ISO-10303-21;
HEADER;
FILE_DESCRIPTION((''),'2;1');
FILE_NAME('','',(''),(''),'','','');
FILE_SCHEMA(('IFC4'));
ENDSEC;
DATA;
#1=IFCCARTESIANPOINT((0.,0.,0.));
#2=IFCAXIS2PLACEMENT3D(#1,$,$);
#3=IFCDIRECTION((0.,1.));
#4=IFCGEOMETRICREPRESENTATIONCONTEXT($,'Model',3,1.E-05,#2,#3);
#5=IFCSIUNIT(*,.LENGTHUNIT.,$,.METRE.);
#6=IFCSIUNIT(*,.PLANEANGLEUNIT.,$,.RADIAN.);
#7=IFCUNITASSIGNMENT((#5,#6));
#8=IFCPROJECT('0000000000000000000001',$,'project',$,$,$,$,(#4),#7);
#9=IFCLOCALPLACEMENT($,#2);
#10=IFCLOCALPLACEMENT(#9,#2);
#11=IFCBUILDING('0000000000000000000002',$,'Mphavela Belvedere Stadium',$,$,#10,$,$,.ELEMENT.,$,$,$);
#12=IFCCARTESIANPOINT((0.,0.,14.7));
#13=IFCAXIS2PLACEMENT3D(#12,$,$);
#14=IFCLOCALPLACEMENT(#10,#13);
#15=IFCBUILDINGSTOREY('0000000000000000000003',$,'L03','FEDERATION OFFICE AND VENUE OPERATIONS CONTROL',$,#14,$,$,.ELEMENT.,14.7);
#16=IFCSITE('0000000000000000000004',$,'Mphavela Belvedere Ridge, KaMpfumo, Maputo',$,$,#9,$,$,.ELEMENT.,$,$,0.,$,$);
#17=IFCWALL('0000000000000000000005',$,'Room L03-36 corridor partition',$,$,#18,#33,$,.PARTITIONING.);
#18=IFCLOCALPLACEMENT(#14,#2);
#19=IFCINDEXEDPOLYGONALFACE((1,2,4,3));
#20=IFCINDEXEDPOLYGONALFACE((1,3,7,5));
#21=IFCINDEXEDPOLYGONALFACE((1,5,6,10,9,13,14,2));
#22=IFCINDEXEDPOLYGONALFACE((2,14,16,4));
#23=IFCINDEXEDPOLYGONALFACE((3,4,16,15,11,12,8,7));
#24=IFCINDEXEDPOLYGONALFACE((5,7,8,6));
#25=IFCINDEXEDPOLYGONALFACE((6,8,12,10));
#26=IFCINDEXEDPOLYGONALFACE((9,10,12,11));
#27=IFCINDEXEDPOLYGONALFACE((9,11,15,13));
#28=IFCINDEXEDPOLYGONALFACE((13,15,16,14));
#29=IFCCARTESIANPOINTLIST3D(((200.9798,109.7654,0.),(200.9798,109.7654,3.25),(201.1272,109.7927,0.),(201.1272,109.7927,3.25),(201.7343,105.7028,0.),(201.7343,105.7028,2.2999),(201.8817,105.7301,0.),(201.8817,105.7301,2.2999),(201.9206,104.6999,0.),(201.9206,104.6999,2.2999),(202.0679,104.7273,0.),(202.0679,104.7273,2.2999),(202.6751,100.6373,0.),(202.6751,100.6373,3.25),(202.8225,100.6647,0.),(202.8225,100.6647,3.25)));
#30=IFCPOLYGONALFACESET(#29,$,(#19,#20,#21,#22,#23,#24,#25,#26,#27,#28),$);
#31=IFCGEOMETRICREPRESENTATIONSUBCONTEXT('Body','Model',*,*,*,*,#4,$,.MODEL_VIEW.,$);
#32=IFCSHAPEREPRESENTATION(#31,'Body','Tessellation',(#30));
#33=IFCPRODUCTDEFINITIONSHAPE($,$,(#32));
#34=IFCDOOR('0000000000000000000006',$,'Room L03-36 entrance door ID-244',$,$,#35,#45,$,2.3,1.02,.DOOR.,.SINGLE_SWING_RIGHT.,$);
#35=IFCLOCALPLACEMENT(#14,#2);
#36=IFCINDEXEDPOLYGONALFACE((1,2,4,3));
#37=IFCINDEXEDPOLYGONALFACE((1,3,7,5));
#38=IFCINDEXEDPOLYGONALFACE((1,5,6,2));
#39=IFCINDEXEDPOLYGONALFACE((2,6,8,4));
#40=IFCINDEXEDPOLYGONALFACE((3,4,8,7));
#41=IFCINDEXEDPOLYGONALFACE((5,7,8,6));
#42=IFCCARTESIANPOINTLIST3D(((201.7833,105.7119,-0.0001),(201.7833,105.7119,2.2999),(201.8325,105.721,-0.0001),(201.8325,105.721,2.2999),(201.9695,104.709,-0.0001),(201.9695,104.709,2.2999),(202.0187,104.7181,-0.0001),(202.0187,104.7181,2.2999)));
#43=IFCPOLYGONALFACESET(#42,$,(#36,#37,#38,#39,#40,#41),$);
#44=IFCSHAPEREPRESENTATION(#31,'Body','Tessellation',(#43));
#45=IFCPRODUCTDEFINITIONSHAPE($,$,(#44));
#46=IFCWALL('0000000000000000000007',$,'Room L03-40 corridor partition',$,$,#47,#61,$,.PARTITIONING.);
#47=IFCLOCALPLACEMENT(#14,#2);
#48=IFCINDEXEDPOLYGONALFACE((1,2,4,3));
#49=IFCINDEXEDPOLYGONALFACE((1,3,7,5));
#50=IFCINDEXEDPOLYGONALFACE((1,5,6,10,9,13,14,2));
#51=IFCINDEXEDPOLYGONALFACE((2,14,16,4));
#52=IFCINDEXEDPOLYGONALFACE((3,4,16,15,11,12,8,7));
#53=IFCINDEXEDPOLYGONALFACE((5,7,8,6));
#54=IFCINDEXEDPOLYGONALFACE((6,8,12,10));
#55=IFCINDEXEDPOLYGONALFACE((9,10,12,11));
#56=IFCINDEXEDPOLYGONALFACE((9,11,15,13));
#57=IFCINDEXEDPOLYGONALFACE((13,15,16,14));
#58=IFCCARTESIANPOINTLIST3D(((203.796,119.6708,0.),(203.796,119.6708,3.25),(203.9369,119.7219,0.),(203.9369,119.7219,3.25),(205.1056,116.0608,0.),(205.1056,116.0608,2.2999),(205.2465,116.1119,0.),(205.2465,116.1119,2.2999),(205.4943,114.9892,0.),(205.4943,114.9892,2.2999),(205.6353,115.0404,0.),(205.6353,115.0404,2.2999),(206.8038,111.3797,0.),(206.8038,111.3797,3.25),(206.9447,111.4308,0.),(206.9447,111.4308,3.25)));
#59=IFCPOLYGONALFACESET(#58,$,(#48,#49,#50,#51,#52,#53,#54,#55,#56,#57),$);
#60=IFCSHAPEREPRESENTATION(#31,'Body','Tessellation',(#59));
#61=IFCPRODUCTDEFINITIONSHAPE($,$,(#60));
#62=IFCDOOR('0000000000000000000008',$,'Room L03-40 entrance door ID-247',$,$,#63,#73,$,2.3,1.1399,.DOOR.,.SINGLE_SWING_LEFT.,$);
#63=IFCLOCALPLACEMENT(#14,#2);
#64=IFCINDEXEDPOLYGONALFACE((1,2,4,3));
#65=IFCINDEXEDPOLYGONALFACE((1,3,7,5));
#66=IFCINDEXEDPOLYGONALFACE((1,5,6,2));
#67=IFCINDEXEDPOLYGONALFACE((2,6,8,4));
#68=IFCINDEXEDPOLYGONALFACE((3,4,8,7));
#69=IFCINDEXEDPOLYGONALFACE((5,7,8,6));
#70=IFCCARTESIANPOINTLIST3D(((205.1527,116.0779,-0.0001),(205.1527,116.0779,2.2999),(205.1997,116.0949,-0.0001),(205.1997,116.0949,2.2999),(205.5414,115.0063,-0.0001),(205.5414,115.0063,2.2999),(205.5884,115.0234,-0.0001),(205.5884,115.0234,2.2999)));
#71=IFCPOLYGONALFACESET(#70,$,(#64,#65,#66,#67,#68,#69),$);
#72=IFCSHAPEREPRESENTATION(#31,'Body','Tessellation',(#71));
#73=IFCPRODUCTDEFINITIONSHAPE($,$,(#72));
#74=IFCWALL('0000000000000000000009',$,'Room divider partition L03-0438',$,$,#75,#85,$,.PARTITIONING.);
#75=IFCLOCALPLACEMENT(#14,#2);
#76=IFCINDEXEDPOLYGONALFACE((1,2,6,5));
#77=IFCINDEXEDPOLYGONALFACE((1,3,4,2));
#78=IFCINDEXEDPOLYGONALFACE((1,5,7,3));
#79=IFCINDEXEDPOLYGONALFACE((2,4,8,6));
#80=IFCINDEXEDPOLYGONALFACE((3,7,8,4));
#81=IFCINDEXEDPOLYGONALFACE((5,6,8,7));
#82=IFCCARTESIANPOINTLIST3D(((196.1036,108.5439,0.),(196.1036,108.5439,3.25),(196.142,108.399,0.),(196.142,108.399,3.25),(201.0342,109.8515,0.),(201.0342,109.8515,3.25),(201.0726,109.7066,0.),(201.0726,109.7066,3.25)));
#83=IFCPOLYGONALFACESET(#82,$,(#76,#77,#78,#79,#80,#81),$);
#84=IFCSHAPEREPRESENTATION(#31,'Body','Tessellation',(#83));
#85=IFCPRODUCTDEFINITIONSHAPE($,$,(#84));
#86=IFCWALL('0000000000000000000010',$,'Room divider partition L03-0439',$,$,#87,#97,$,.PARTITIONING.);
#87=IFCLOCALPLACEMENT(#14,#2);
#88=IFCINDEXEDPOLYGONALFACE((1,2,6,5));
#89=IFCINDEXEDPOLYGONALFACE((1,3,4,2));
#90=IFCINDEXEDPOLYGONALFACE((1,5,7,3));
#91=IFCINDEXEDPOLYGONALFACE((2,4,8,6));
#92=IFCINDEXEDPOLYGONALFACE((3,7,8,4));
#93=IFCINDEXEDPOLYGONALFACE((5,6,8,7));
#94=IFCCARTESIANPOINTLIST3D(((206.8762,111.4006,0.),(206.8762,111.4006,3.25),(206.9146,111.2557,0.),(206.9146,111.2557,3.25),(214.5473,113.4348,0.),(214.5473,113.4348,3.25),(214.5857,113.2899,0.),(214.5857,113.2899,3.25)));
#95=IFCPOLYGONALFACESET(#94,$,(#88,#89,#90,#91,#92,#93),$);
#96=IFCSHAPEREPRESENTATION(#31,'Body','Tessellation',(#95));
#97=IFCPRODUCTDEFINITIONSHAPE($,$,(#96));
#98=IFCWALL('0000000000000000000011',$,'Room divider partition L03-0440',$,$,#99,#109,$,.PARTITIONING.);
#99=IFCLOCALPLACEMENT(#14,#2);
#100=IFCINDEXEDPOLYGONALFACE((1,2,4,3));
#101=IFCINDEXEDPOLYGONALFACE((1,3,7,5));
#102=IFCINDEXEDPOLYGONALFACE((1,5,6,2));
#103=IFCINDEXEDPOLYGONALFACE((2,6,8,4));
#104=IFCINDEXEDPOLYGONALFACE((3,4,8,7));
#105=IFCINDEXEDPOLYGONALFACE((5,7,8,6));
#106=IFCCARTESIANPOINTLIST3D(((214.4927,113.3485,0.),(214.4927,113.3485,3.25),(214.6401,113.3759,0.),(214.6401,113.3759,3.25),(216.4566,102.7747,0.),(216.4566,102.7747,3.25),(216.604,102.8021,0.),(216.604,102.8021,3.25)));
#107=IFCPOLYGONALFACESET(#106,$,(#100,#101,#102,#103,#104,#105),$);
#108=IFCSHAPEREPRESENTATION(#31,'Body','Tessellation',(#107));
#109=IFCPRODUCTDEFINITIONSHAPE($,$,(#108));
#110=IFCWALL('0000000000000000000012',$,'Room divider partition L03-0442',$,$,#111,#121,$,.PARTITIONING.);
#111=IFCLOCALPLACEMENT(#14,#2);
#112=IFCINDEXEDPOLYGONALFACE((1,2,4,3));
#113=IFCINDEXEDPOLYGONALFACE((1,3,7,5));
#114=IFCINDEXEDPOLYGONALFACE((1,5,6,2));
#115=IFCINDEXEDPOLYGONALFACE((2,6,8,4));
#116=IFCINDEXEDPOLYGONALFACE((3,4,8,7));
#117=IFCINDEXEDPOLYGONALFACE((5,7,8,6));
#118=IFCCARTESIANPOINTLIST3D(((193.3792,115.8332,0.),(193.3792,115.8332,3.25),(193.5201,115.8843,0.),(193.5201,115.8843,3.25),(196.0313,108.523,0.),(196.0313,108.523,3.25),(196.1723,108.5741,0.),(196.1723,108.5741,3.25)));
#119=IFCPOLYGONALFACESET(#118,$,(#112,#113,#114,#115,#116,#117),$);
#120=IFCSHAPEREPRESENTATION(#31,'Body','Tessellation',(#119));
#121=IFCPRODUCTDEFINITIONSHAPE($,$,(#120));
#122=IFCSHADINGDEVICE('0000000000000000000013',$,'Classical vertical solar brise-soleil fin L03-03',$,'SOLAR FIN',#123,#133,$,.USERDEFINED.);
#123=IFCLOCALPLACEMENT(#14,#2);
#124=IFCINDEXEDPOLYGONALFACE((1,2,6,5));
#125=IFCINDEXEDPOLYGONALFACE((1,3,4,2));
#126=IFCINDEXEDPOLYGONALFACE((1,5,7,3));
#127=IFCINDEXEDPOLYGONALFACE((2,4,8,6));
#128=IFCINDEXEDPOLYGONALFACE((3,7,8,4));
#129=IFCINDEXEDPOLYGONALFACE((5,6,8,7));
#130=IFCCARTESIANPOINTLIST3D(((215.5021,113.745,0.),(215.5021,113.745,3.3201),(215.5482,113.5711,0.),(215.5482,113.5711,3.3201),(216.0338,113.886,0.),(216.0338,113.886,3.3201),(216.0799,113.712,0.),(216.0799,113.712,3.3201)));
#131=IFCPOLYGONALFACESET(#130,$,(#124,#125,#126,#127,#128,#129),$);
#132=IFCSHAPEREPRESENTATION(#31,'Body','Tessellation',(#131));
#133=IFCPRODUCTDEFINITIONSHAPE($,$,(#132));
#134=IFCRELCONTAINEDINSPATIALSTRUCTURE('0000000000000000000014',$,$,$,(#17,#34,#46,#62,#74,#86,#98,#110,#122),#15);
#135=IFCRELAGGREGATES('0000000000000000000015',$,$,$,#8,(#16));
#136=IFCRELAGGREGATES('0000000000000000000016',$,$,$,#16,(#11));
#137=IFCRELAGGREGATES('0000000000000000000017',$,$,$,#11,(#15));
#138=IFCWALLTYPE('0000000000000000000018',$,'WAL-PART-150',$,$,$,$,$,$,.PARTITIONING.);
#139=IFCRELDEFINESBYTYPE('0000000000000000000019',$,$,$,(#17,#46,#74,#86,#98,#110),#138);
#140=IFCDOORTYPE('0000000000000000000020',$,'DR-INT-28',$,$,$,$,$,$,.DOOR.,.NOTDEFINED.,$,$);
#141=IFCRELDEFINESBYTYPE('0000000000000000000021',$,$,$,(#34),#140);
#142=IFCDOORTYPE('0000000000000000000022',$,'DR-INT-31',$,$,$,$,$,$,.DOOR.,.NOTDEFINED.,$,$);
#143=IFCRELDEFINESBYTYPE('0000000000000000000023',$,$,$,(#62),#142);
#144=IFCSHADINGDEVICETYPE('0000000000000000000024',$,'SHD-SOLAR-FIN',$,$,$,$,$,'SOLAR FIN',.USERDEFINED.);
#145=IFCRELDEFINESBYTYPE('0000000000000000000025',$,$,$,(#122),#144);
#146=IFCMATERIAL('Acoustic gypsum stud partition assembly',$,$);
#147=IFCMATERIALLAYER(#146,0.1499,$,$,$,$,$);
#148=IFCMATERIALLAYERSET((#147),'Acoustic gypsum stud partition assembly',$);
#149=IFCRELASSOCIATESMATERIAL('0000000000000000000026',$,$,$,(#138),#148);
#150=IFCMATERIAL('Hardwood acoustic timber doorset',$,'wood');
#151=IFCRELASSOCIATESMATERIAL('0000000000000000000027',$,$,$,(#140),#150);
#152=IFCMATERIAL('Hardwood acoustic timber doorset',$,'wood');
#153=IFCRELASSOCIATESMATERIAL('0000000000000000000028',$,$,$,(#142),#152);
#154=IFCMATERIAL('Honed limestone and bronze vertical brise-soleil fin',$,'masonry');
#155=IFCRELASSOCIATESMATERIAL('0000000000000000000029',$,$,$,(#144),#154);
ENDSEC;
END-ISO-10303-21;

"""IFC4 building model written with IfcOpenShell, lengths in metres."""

from ifc_helpers import new_model, si_unit, direction, frame, frame_2d, origin, origin_2d, place, context, subcontext, project, spatial, rectangle, extrude, material, layer, layer_set, type_object, element, fill, save


model = new_model("IFC4")

# Units and contexts
model_context = context("Model", 3, precision=1e-05, world=origin(), true_north=direction((0.0, 1.0)))
body_context = subcontext(model_context, "Body", "Model", "MODEL_VIEW")
ifc_project = project(units=[si_unit("LENGTHUNIT", "METRE"), si_unit("PLANEANGLEUNIT", "RADIAN")], contexts=[model_context])

# Site, building, storey
site_placement = place(None, origin())
site = spatial("IfcSite", under=ifc_project, at=site_placement, Name="Mphavela Belvedere Ridge, KaMpfumo, Maputo", CompositionType="ELEMENT", RefElevation=0.0)
building_placement = place(site_placement, origin())
building = spatial("IfcBuilding", under=site, at=building_placement, Name="Mphavela Belvedere Stadium", CompositionType="ELEMENT")
storey_placement = place(building_placement, frame((0.0, 0.0, 14.7)))
storey = spatial("IfcBuildingStorey", under=building, at=storey_placement, Name="L03", Description="FEDERATION OFFICE AND VENUE OPERATIONS CONTROL", CompositionType="ELEMENT", Elevation=14.7)

# Walls, openings, doors
ifc_material_1 = material(Name="Acoustic gypsum stud partition assembly")
ifc_layer_1 = layer(ifc_material_1, 0.1499)
ifc_layer_set_1 = layer_set([ifc_layer_1], Name="Acoustic gypsum stud partition assembly")
wall_type = type_object("IfcWallType", Name="WAL-PART-150", PredefinedType="PARTITIONING", material=ifc_layer_set_1)
wall_1_placement = place(storey_placement, frame((201.0535, 109.7791, 0.0), z_axis=(0.0, 0.0, 1.0), x_axis=(0.182601, -0.983187, 0.0)))
wall_1 = element("IfcWall", 1, at=wall_1_placement, inside=storey, type_object=wall_type, Name="Room L03-36 corridor partition", PredefinedType="PARTITIONING", context=body_context, shape_type="SweptSolid", body=[
    extrude(rectangle(XDim=9.2842, YDim=0.1499, at=frame_2d((4.6421, 0.0))), origin(), (0.0, 0.0, 1.0), 3.25),
])
opening_1_placement = place(wall_1_placement, frame((4.1321, 0.0, 0.0)))
opening_1 = element("IfcOpeningElement", 2, at=opening_1_placement, cuts=wall_1, PredefinedType="OPENING", context=body_context, shape_type="SweptSolid", body=[
    extrude(rectangle(XDim=1.02, YDim=2.3, at=frame_2d((0.51, 1.1499))), frame((0.0, 0.085, 0.0), z_axis=(0.0, -1.0, 0.0), x_axis=(1.0, 0.0, 0.0)), (0.0, 0.0, 1.0), 0.1699),
])
ifc_material_2 = material(Name="Hardwood acoustic timber doorset", Category="wood")
door_type_1 = type_object("IfcDoorType", Name="DR-INT-28", OperationType="NOTDEFINED", PredefinedType="DOOR", material=ifc_material_2)
door_1_placement = place(opening_1_placement, origin())
door_1 = element("IfcDoor", 3, at=door_1_placement, inside=storey, type_object=door_type_1, Name="Room L03-36 entrance door ID-244", OperationType="SINGLE_SWING_RIGHT", OverallHeight=2.3, OverallWidth=1.02, PredefinedType="DOOR", context=body_context, shape_type="SweptSolid", body=[
    extrude(rectangle(XDim=1.02, YDim=2.3, at=frame_2d((0.51, 1.1499))), frame((0.0, 0.0249, 0.0), z_axis=(0.0, -1.0, 0.0), x_axis=(1.0, 0.0, 0.0)), (0.0, 0.0, 1.0), 0.05),
])
fill(opening_1, door_1)
wall_2_placement = place(storey_placement, frame((206.8743, 111.4053, 0.0), z_axis=(0.0, 0.0, 1.0), x_axis=(-0.341032, 0.940052, 0.0)))
wall_2 = element("IfcWall", 4, at=wall_2_placement, inside=storey, type_object=wall_type, Name="Room L03-40 corridor partition", PredefinedType="PARTITIONING", context=body_context, shape_type="SweptSolid", body=[
    extrude(rectangle(XDim=8.8198, YDim=0.1499, at=frame_2d((4.4099, 0.0))), origin(), (0.0, 0.0, 1.0), 3.25),
])
opening_2_placement = place(wall_2_placement, frame((3.8398, 0.0, 0.0)))
opening_2 = element("IfcOpeningElement", 5, at=opening_2_placement, cuts=wall_2, PredefinedType="OPENING", context=body_context, shape_type="SweptSolid", body=[
    extrude(rectangle(XDim=1.1399, YDim=2.3, at=frame_2d((0.5698, 1.1499))), frame((0.0, 0.085, 0.0), z_axis=(0.0, -1.0, 0.0), x_axis=(1.0, 0.0, 0.0)), (0.0, 0.0, 1.0), 0.1699),
])
ifc_material_3 = material(Name="Hardwood acoustic timber doorset", Category="wood")
door_type_2 = type_object("IfcDoorType", Name="DR-INT-31", OperationType="NOTDEFINED", PredefinedType="DOOR", material=ifc_material_3)
door_2_placement = place(opening_2_placement, origin())
door_2 = element("IfcDoor", 6, at=door_2_placement, inside=storey, type_object=door_type_2, Name="Room L03-40 entrance door ID-247", OperationType="SINGLE_SWING_LEFT", OverallHeight=2.3, OverallWidth=1.1399, PredefinedType="DOOR", context=body_context, shape_type="SweptSolid", body=[
    extrude(rectangle(XDim=1.1399, YDim=2.3, at=frame_2d((0.5698, 1.1499))), frame((0.0, 0.0249, 0.0), z_axis=(0.0, -1.0, 0.0), x_axis=(1.0, 0.0, 0.0)), (0.0, 0.0, 1.0), 0.05),
])
fill(opening_2, door_2)

# Walls
wall_3_placement = place(storey_placement, frame((196.1228, 108.4714, 0.0), z_axis=(0.0, 0.0, 1.0), x_axis=(0.966587, 0.25634, 0.0)))
element("IfcWall", 7, at=wall_3_placement, inside=storey, type_object=wall_type, Name="Room divider partition L03-0438", PredefinedType="PARTITIONING", context=body_context, shape_type="SweptSolid", body=[
    extrude(rectangle(XDim=5.1011, YDim=0.1499, at=frame_2d((2.5505, 0.0))), origin(), (0.0, 0.0, 1.0), 3.25),
])
wall_4_placement = place(storey_placement, frame((206.8953, 111.3281, 0.0), z_axis=(0.0, 0.0, 1.0), x_axis=(0.966593, 0.256314, 0.0)))
element("IfcWall", 8, at=wall_4_placement, inside=storey, type_object=wall_type, Name="Room divider partition L03-0439", PredefinedType="PARTITIONING", context=body_context, shape_type="SweptSolid", body=[
    extrude(rectangle(XDim=7.9363, YDim=0.1499, at=frame_2d((3.9683, 0.0))), origin(), (0.0, 0.0, 1.0), 3.25),
])
wall_5_placement = place(storey_placement, frame((214.5664, 113.3623, 0.0), z_axis=(0.0, 0.0, 1.0), x_axis=(0.182608, -0.983186, 0.0)))
element("IfcWall", 9, at=wall_5_placement, inside=storey, type_object=wall_type, Name="Room divider partition L03-0440", PredefinedType="PARTITIONING", context=body_context, shape_type="SweptSolid", body=[
    extrude(rectangle(XDim=10.7546, YDim=0.1499, at=frame_2d((5.3774, 0.0))), origin(), (0.0, 0.0, 1.0), 3.25),
])
wall_6_placement = place(storey_placement, frame((196.1018, 108.5486, 0.0), z_axis=(0.0, 0.0, 1.0), x_axis=(-0.34105, 0.940045, 0.0)))
element("IfcWall", 10, at=wall_6_placement, inside=storey, type_object=wall_type, Name="Room divider partition L03-0442", PredefinedType="PARTITIONING", context=body_context, shape_type="SweptSolid", body=[
    extrude(rectangle(XDim=7.7764, YDim=0.1499, at=frame_2d((3.8882, 0.0))), origin(), (0.0, 0.0, 1.0), 3.25),
])

# Shading device
ifc_material_4 = material(Name="Honed limestone and bronze vertical brise-soleil fin", Category="masonry")
shading_device_type = type_object("IfcShadingDeviceType", Name="SHD-SOLAR-FIN", ElementType="SOLAR FIN", PredefinedType="USERDEFINED", material=ifc_material_4)
shading_device_placement = place(storey_placement, frame((215.791, 113.7285, 0.0), z_axis=(0.0, 0.0, 1.0), x_axis=(0.9666, 0.256289, 0.0)))
element("IfcShadingDevice", 11, at=shading_device_placement, inside=storey, type_object=shading_device_type, Name="Classical vertical solar brise-soleil fin L03-03", ObjectType="SOLAR FIN", PredefinedType="USERDEFINED", context=body_context, shape_type="SweptSolid", body=[
    extrude(rectangle(XDim=0.55, YDim=0.1799, at=origin_2d()), origin(), (0.0, 0.0, 1.0), 3.3201),
])

save(model, "model.ifc")
